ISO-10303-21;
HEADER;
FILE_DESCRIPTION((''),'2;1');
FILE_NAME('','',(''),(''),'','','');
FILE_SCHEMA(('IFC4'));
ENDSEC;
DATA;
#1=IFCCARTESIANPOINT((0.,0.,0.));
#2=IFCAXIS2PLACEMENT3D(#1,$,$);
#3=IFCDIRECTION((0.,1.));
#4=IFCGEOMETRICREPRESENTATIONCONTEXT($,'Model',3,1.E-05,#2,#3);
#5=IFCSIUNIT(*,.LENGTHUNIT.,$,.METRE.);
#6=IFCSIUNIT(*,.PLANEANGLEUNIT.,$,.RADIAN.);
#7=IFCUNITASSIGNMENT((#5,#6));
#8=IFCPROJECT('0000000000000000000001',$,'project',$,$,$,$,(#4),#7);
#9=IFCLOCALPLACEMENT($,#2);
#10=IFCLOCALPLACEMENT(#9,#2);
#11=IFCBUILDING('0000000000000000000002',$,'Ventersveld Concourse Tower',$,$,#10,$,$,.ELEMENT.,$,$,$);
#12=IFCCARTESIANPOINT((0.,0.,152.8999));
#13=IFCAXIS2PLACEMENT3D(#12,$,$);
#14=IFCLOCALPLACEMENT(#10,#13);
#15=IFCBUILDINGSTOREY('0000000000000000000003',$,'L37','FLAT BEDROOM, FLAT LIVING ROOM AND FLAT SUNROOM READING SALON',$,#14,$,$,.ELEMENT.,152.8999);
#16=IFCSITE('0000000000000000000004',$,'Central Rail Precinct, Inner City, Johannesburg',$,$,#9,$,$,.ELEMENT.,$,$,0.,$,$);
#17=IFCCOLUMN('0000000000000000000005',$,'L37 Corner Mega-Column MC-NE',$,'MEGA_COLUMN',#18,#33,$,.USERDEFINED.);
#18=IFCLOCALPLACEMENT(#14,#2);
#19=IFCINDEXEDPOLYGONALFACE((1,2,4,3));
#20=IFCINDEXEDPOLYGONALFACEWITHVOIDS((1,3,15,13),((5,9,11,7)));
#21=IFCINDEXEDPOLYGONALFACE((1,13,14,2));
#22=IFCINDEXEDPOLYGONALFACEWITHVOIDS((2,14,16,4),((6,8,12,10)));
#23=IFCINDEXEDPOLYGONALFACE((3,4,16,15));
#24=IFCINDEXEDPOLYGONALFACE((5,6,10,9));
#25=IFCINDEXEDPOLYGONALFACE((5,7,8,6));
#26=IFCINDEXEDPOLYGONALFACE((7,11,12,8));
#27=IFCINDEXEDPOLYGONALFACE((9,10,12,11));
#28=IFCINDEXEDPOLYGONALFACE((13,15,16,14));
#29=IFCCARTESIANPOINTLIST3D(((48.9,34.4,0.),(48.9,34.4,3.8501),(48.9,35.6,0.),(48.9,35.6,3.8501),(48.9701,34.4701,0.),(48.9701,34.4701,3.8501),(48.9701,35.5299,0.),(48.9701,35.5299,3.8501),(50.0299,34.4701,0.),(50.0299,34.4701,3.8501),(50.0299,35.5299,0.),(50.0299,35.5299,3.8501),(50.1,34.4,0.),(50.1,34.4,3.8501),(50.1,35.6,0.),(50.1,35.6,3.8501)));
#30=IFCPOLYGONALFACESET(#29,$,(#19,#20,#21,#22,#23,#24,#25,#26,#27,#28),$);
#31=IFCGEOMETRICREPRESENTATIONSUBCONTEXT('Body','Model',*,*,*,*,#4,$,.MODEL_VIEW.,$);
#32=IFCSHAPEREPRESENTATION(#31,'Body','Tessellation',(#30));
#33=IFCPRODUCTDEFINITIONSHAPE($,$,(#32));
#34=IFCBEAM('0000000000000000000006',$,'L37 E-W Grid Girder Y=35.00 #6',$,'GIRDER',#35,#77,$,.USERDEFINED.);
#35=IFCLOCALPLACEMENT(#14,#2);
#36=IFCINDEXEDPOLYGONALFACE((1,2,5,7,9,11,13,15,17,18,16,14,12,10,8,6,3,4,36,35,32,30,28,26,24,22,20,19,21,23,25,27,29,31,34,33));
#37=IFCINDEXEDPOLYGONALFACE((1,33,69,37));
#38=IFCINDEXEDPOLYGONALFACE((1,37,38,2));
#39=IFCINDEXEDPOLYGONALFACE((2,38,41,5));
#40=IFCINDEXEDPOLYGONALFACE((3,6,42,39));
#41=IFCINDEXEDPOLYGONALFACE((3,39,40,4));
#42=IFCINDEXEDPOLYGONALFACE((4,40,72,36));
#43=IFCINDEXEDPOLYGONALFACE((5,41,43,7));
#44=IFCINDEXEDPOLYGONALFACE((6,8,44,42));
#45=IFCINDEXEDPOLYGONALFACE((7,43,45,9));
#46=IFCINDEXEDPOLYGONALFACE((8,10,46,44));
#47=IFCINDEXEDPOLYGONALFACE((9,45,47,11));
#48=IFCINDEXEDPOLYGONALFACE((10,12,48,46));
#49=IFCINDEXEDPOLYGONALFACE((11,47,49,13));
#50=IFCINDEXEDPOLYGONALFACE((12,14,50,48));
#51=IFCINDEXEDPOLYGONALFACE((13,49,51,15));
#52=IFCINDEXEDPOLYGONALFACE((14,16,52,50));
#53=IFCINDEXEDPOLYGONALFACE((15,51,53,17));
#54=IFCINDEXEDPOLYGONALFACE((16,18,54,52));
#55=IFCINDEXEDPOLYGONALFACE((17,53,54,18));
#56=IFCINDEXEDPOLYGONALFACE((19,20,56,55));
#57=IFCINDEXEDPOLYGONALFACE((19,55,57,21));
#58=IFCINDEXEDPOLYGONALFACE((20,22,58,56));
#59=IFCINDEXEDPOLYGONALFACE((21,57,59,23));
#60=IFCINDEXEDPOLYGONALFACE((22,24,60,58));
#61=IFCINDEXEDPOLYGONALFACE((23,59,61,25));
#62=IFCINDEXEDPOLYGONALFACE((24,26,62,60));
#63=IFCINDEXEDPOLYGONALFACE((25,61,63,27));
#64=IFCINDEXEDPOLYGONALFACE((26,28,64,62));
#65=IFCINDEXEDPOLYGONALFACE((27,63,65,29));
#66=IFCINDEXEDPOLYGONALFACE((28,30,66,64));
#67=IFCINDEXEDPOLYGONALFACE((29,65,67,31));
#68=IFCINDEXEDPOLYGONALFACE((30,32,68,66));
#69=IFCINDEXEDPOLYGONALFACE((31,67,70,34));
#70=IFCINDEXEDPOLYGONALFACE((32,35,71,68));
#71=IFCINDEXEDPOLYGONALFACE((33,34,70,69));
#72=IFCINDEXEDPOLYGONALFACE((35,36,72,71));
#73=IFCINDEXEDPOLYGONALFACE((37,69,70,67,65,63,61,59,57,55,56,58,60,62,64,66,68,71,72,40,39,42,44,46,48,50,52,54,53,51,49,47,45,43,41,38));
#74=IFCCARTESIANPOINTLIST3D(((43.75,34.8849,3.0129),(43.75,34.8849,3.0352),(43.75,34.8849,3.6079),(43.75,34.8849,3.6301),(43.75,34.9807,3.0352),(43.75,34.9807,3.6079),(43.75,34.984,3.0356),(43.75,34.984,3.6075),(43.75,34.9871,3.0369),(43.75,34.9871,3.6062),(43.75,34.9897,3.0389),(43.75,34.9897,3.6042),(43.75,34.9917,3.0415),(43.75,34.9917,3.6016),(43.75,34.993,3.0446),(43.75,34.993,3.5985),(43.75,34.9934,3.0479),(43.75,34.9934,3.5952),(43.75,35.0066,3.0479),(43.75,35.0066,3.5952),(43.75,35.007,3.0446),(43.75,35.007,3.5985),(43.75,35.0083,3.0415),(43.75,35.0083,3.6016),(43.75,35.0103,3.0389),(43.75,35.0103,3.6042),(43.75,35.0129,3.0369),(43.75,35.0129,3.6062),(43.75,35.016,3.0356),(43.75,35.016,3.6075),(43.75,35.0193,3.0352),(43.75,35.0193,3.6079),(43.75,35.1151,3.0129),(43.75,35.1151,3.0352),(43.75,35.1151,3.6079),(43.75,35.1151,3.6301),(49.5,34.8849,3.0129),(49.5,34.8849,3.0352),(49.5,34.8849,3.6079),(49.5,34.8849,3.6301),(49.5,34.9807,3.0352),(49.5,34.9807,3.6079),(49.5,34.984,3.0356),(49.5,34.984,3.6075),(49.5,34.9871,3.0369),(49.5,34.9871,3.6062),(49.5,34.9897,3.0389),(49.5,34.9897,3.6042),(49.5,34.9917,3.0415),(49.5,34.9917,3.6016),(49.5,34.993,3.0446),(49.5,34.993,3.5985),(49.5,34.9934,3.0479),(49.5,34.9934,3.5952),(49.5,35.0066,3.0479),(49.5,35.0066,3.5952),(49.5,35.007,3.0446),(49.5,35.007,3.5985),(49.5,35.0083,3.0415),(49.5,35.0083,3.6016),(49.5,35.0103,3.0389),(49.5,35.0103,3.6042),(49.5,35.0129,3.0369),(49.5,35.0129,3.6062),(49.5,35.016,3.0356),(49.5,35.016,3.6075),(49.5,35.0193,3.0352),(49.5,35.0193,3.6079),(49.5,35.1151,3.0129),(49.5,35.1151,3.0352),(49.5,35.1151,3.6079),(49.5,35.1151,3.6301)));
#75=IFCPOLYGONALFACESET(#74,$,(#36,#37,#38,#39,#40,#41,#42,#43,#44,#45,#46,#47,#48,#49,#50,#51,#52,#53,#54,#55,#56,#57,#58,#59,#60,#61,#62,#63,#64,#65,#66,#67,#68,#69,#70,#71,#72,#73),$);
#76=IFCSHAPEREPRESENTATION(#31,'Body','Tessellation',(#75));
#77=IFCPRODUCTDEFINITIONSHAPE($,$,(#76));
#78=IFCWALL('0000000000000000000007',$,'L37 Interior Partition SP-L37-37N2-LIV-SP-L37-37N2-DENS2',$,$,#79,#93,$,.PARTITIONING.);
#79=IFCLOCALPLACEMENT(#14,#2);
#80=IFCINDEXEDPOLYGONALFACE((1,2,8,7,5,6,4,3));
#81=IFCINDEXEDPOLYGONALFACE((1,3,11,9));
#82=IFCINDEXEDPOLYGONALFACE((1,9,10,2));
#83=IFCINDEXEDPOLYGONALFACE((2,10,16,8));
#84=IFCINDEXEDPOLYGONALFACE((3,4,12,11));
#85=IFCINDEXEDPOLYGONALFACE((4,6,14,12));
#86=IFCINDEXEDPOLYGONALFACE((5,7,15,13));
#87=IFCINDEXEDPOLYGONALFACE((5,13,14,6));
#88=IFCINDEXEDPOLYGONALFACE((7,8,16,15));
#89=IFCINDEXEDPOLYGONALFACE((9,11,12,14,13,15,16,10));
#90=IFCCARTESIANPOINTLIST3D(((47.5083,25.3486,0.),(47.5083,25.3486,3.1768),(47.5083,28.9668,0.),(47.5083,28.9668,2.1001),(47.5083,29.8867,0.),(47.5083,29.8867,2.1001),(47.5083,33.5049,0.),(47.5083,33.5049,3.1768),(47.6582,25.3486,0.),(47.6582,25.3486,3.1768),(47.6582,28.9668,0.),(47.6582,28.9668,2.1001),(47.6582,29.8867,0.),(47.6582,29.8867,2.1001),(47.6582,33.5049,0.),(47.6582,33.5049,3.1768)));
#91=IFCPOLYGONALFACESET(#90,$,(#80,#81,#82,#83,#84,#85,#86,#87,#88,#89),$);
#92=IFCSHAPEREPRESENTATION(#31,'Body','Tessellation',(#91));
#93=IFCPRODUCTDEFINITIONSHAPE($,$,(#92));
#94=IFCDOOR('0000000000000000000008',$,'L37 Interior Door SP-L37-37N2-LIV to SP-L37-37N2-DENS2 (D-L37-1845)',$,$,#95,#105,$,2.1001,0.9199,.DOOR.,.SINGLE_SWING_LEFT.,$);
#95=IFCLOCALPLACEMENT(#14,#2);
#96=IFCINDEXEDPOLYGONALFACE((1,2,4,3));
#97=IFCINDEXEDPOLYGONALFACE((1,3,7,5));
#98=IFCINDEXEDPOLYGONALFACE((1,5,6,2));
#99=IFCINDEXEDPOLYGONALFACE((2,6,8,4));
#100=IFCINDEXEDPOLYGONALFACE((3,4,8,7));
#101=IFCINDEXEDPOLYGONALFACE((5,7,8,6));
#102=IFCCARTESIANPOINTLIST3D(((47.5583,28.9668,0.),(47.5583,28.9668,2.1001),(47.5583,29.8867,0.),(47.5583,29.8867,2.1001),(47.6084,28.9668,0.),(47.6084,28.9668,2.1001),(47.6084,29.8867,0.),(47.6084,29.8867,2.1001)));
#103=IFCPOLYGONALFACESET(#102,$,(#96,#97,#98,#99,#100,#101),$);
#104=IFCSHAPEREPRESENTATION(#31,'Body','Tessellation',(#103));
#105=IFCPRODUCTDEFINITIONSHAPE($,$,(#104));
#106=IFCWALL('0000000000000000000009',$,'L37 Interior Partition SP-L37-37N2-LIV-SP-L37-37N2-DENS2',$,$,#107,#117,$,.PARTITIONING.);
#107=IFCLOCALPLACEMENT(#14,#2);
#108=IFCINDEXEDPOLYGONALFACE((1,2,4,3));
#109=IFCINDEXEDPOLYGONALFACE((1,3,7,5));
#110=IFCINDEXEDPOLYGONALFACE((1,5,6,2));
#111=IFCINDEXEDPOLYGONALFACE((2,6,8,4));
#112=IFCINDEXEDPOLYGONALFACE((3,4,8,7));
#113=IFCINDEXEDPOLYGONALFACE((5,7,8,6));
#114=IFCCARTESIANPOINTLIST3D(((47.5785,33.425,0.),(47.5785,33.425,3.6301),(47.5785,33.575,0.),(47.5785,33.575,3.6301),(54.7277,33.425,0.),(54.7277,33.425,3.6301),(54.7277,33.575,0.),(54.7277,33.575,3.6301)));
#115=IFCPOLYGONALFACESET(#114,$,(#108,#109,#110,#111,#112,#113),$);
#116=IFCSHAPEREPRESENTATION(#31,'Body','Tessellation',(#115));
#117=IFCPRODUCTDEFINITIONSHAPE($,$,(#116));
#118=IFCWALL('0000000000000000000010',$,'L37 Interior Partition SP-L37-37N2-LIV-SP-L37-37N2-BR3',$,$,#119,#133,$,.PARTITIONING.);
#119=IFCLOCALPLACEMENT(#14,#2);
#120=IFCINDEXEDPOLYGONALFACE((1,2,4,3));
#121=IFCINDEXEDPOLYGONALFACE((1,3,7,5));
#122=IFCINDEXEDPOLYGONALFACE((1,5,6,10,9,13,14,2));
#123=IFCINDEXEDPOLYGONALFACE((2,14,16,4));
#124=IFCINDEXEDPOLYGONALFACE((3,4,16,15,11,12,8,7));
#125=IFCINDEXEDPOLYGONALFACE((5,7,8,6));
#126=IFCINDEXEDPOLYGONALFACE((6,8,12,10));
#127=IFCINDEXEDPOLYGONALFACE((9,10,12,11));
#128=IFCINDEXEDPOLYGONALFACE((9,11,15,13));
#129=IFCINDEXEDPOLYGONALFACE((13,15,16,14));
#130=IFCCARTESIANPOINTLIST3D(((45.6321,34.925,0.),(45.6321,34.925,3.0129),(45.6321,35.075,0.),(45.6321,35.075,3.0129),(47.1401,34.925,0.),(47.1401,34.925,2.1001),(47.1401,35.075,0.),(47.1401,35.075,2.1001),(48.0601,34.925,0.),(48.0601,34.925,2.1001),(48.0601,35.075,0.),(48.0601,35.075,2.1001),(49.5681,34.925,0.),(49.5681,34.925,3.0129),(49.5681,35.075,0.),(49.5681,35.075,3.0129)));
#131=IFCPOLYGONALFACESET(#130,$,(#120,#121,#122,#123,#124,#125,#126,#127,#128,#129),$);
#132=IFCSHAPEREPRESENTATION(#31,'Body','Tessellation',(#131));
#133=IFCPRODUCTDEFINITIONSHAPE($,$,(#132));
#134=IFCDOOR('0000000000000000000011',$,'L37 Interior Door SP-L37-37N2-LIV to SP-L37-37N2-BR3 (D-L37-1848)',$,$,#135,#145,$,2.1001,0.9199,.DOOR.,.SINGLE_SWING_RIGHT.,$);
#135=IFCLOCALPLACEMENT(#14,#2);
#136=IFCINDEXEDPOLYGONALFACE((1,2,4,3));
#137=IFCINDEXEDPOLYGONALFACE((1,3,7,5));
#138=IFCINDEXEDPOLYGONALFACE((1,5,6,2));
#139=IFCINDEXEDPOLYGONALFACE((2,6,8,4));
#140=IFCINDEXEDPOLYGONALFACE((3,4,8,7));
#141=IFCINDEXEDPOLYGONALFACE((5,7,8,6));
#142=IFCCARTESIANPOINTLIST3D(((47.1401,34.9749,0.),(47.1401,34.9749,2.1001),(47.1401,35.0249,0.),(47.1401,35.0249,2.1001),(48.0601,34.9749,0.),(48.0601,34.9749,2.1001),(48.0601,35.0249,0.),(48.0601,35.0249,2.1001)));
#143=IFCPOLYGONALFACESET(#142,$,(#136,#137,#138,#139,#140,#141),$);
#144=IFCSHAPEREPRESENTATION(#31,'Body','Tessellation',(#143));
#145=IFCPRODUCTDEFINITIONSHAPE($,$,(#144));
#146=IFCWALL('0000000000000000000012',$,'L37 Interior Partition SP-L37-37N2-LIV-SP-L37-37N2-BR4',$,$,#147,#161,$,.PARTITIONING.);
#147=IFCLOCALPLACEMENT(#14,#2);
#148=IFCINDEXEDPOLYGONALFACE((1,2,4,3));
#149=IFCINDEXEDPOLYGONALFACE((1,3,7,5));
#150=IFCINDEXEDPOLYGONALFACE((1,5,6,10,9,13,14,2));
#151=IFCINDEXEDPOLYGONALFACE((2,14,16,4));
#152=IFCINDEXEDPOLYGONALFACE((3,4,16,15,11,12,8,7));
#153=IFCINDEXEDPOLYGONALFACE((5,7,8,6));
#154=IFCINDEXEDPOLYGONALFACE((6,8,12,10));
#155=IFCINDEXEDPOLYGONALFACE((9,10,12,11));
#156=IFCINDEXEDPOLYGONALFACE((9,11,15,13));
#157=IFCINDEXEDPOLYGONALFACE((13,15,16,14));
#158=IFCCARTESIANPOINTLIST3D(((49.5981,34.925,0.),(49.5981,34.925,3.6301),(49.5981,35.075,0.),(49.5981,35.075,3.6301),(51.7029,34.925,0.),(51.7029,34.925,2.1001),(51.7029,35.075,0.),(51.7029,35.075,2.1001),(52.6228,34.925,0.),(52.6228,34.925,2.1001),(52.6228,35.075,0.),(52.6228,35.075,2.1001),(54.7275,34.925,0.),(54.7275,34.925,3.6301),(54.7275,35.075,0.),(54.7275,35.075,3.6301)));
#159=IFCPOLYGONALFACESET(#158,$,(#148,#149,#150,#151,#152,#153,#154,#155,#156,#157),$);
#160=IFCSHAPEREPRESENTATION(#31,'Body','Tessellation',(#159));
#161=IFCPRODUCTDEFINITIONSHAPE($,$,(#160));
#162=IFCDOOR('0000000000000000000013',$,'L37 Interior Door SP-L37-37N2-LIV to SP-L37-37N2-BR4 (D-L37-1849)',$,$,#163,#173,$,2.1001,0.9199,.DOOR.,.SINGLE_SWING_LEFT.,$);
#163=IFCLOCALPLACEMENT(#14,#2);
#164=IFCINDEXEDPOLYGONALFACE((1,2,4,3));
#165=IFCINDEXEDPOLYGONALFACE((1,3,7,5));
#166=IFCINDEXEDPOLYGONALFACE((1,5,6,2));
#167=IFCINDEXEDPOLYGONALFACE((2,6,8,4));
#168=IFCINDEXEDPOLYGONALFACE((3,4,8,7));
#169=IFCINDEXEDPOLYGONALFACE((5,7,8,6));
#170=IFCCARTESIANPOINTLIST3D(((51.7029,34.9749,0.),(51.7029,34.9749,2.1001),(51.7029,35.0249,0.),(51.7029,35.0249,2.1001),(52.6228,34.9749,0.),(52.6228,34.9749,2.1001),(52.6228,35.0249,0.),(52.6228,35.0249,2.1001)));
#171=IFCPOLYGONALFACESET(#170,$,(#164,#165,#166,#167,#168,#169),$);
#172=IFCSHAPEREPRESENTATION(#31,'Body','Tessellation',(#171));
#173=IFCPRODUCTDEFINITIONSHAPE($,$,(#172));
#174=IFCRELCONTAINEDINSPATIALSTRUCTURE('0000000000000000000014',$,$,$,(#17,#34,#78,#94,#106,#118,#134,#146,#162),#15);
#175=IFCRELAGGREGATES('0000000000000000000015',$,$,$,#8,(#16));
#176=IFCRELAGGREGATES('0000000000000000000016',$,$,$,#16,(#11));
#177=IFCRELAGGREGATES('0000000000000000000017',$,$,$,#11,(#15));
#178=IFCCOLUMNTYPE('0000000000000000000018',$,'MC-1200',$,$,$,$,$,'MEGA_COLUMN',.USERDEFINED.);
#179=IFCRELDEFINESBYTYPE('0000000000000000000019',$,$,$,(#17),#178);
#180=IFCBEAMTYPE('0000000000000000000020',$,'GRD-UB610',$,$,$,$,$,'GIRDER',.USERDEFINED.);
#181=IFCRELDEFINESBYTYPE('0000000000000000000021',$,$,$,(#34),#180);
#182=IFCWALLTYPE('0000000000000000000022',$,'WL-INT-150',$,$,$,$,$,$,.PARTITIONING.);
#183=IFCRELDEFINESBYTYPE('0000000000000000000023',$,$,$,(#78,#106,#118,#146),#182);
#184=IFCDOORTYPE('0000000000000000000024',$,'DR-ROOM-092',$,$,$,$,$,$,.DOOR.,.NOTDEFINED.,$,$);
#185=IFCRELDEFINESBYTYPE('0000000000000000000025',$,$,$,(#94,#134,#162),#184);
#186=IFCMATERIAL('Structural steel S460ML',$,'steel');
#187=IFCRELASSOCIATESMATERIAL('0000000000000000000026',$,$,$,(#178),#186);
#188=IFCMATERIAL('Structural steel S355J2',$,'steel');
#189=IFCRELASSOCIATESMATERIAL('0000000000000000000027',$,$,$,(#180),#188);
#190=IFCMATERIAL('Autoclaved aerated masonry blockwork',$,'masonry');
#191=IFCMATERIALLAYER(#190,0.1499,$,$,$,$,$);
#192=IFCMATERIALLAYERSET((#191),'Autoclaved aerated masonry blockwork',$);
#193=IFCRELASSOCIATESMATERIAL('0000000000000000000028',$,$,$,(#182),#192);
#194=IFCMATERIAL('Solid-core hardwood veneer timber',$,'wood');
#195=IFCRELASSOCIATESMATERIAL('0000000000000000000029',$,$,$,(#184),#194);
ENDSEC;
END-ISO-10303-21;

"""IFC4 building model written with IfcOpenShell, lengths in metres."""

from ifc_helpers import new_model, si_unit, direction, frame, frame_2d, origin, origin_2d, place, context, subcontext, project, spatial, rectangle, hollow_rectangle, i_section, extrude, material, layer, layer_set, material_profile, profile_set, type_object, element, fill, save


model = new_model("IFC4")

# Units and contexts
model_context = context("Model", 3, precision=1e-05, world=origin(), true_north=direction((0.0, 1.0)))
body_context = subcontext(model_context, "Body", "Model", "MODEL_VIEW")
ifc_project = project(units=[si_unit("LENGTHUNIT", "METRE"), si_unit("PLANEANGLEUNIT", "RADIAN")], contexts=[model_context])

# Site, building, storey
site_placement = place(None, origin())
site = spatial("IfcSite", under=ifc_project, at=site_placement, Name="Central Rail Precinct, Inner City, Johannesburg", CompositionType="ELEMENT", RefElevation=0.0)
building_placement = place(site_placement, origin())
building = spatial("IfcBuilding", under=site, at=building_placement, Name="Ventersveld Concourse Tower", CompositionType="ELEMENT")
storey_placement = place(building_placement, frame((0.0, 0.0, 152.8999)))
storey = spatial("IfcBuildingStorey", under=building, at=storey_placement, Name="L37", Description="FLAT BEDROOM, FLAT LIVING ROOM AND FLAT SUNROOM READING SALON", CompositionType="ELEMENT", Elevation=152.8999)

# Column
ifc_material_1 = material(Name="Structural steel S460ML", Category="steel")
ifc_material_profile_1 = material_profile(ifc_material_1, hollow_rectangle(XDim=1.2, YDim=1.2, WallThickness=0.0701, at=origin_2d()), Name="BOX 1200x1200x70")
ifc_profile_set_1 = profile_set([ifc_material_profile_1], Name="Structural steel S460ML")
column_type = type_object("IfcColumnType", Name="MC-1200", ElementType="MEGA_COLUMN", PredefinedType="USERDEFINED", material=ifc_profile_set_1)
column_placement = place(storey_placement, frame((49.5, 35.0, 0.0), z_axis=(0.0, 0.0, 1.0), x_axis=(1.0, 0.0, 0.0)))
element("IfcColumn", 1, at=column_placement, inside=storey, type_object=column_type, Name="L37 Corner Mega-Column MC-NE", ObjectType="MEGA_COLUMN", PredefinedType="USERDEFINED", context=body_context, shape_type="SweptSolid", body=[
    extrude(hollow_rectangle(XDim=1.2, YDim=1.2, WallThickness=0.0701, at=origin_2d()), origin(), (0.0, 0.0, 1.0), 3.8501),
])

# Beam
ifc_material_2 = material(Name="Structural steel S355J2", Category="steel")
ifc_material_profile_2 = material_profile(ifc_material_2, i_section(OverallWidth=0.2302, OverallDepth=0.6172, WebThickness=0.0132, FlangeThickness=0.0222, FilletRadius=0.0127, at=origin_2d()), Name="UB 610x229x140")
ifc_profile_set_2 = profile_set([ifc_material_profile_2], Name="Structural steel S355J2")
beam_type = type_object("IfcBeamType", Name="GRD-UB610", ElementType="GIRDER", PredefinedType="USERDEFINED", material=ifc_profile_set_2)
beam_placement = place(storey_placement, frame((43.75, 35.0, 3.3215), z_axis=(1.0, 0.0, 0.0), x_axis=(0.0, 1.0, 0.0)))
element("IfcBeam", 2, at=beam_placement, inside=storey, type_object=beam_type, Name="L37 E-W Grid Girder Y=35.00 #6", ObjectType="GIRDER", PredefinedType="USERDEFINED", context=body_context, shape_type="SweptSolid", body=[
    extrude(i_section(OverallWidth=0.2302, OverallDepth=0.6172, WebThickness=0.0132, FlangeThickness=0.0222, FilletRadius=0.0127, at=origin_2d()), origin(), (0.0, 0.0, 1.0), 5.75),
])

# Wall, opening, door
ifc_material_3 = material(Name="Autoclaved aerated masonry blockwork", Category="masonry")
ifc_layer_1 = layer(ifc_material_3, 0.1499)
ifc_layer_set_1 = layer_set([ifc_layer_1], Name="Autoclaved aerated masonry blockwork")
wall_type_1 = type_object("IfcWallType", Name="WL-INT-150", PredefinedType="PARTITIONING", material=ifc_layer_set_1)
wall_1_placement = place(storey_placement, frame((47.5833, 25.3486, 0.0), z_axis=(0.0, 0.0, 1.0), x_axis=(0.0, 1.0, 0.0)))
wall_1 = element("IfcWall", 3, at=wall_1_placement, inside=storey, type_object=wall_type_1, Name="L37 Interior Partition SP-L37-37N2-LIV-SP-L37-37N2-DENS2", PredefinedType="PARTITIONING", context=body_context, shape_type="SweptSolid", body=[
    extrude(rectangle(XDim=8.1562, YDim=0.1499, at=frame_2d((4.0781, 0.0))), origin(), (0.0, 0.0, 1.0), 3.1768),
])
opening_1_placement = place(wall_1_placement, frame((3.6182, 0.0, 0.0)))
opening_1 = element("IfcOpeningElement", 4, at=opening_1_placement, cuts=wall_1, PredefinedType="OPENING", context=body_context, shape_type="SweptSolid", body=[
    extrude(rectangle(XDim=0.9199, YDim=2.1001, at=frame_2d((0.46, 1.05))), frame((0.0, 0.085, 0.0), z_axis=(0.0, -1.0, 0.0), x_axis=(1.0, 0.0, 0.0)), (0.0, 0.0, 1.0), 0.1699),
])
ifc_material_4 = material(Name="Solid-core hardwood veneer timber", Category="wood")
door_type = type_object("IfcDoorType", Name="DR-ROOM-092", OperationType="NOTDEFINED", PredefinedType="DOOR", material=ifc_material_4)
door_1_placement = place(opening_1_placement, origin())
door_1 = element("IfcDoor", 5, at=door_1_placement, inside=storey, type_object=door_type, Name="L37 Interior Door SP-L37-37N2-LIV to SP-L37-37N2-DENS2 (D-L37-1845)", OperationType="SINGLE_SWING_LEFT", OverallHeight=2.1001, OverallWidth=0.9199, PredefinedType="DOOR", context=body_context, shape_type="SweptSolid", body=[
    extrude(rectangle(XDim=0.9199, YDim=2.1001, at=frame_2d((0.46, 1.05))), frame((0.0, 0.0249, 0.0), z_axis=(0.0, -1.0, 0.0), x_axis=(1.0, 0.0, 0.0)), (0.0, 0.0, 1.0), 0.05),
])
fill(opening_1, door_1)

# Wall
wall_2_placement = place(storey_placement, frame((47.5784, 33.5, 0.0), z_axis=(0.0, 0.0, 1.0), x_axis=(1.0, 0.0, 0.0)))
element("IfcWall", 6, at=wall_2_placement, inside=storey, type_object=wall_type_1, Name="L37 Interior Partition SP-L37-37N2-LIV-SP-L37-37N2-DENS2", PredefinedType="PARTITIONING", context=body_context, shape_type="SweptSolid", body=[
    extrude(rectangle(XDim=7.1492, YDim=0.1499, at=frame_2d((3.5747, 0.0))), origin(), (0.0, 0.0, 1.0), 3.6301),
])

# Walls, openings, doors
wall_3_placement = place(storey_placement, frame((45.6321, 35.0, 0.0), z_axis=(0.0, 0.0, 1.0), x_axis=(1.0, 0.0, 0.0)))
wall_3 = element("IfcWall", 7, at=wall_3_placement, inside=storey, type_object=wall_type_1, Name="L37 Interior Partition SP-L37-37N2-LIV-SP-L37-37N2-BR3", PredefinedType="PARTITIONING", context=body_context, shape_type="SweptSolid", body=[
    extrude(rectangle(XDim=3.936, YDim=0.1499, at=frame_2d((1.968, 0.0))), origin(), (0.0, 0.0, 1.0), 3.0129),
])
opening_2_placement = place(wall_3_placement, frame((1.5081, 0.0, 0.0)))
opening_2 = element("IfcOpeningElement", 8, at=opening_2_placement, cuts=wall_3, PredefinedType="OPENING", context=body_context, shape_type="SweptSolid", body=[
    extrude(rectangle(XDim=0.9199, YDim=2.1001, at=frame_2d((0.46, 1.05))), frame((0.0, 0.085, 0.0), z_axis=(0.0, -1.0, 0.0), x_axis=(1.0, 0.0, 0.0)), (0.0, 0.0, 1.0), 0.1699),
])
door_2_placement = place(opening_2_placement, origin())
door_2 = element("IfcDoor", 9, at=door_2_placement, inside=storey, type_object=door_type, Name="L37 Interior Door SP-L37-37N2-LIV to SP-L37-37N2-BR3 (D-L37-1848)", OperationType="SINGLE_SWING_RIGHT", OverallHeight=2.1001, OverallWidth=0.9199, PredefinedType="DOOR", context=body_context, shape_type="SweptSolid", body=[
    extrude(rectangle(XDim=0.9199, YDim=2.1001, at=frame_2d((0.46, 1.05))), frame((0.0, 0.0249, 0.0), z_axis=(0.0, -1.0, 0.0), x_axis=(1.0, 0.0, 0.0)), (0.0, 0.0, 1.0), 0.05),
])
fill(opening_2, door_2)
wall_4_placement = place(storey_placement, frame((49.5981, 35.0, 0.0), z_axis=(0.0, 0.0, 1.0), x_axis=(1.0, 0.0, 0.0)))
wall_4 = element("IfcWall", 10, at=wall_4_placement, inside=storey, type_object=wall_type_1, Name="L37 Interior Partition SP-L37-37N2-LIV-SP-L37-37N2-BR4", PredefinedType="PARTITIONING", context=body_context, shape_type="SweptSolid", body=[
    extrude(rectangle(XDim=5.1294, YDim=0.1499, at=frame_2d((2.5647, 0.0))), origin(), (0.0, 0.0, 1.0), 3.6301),
])
opening_3_placement = place(wall_4_placement, frame((2.1047, 0.0, 0.0)))
opening_3 = element("IfcOpeningElement", 11, at=opening_3_placement, cuts=wall_4, PredefinedType="OPENING", context=body_context, shape_type="SweptSolid", body=[
    extrude(rectangle(XDim=0.9199, YDim=2.1001, at=frame_2d((0.46, 1.05))), frame((0.0, 0.085, 0.0), z_axis=(0.0, -1.0, 0.0), x_axis=(1.0, 0.0, 0.0)), (0.0, 0.0, 1.0), 0.1699),
])
door_3_placement = place(opening_3_placement, origin())
door_3 = element("IfcDoor", 12, at=door_3_placement, inside=storey, type_object=door_type, Name="L37 Interior Door SP-L37-37N2-LIV to SP-L37-37N2-BR4 (D-L37-1849)", OperationType="SINGLE_SWING_LEFT", OverallHeight=2.1001, OverallWidth=0.9199, PredefinedType="DOOR", context=body_context, shape_type="SweptSolid", body=[
    extrude(rectangle(XDim=0.9199, YDim=2.1001, at=frame_2d((0.46, 1.05))), frame((0.0, 0.0249, 0.0), z_axis=(0.0, -1.0, 0.0), x_axis=(1.0, 0.0, 0.0)), (0.0, 0.0, 1.0), 0.05),
])
fill(opening_3, door_3)

save(model, "model.ifc")
